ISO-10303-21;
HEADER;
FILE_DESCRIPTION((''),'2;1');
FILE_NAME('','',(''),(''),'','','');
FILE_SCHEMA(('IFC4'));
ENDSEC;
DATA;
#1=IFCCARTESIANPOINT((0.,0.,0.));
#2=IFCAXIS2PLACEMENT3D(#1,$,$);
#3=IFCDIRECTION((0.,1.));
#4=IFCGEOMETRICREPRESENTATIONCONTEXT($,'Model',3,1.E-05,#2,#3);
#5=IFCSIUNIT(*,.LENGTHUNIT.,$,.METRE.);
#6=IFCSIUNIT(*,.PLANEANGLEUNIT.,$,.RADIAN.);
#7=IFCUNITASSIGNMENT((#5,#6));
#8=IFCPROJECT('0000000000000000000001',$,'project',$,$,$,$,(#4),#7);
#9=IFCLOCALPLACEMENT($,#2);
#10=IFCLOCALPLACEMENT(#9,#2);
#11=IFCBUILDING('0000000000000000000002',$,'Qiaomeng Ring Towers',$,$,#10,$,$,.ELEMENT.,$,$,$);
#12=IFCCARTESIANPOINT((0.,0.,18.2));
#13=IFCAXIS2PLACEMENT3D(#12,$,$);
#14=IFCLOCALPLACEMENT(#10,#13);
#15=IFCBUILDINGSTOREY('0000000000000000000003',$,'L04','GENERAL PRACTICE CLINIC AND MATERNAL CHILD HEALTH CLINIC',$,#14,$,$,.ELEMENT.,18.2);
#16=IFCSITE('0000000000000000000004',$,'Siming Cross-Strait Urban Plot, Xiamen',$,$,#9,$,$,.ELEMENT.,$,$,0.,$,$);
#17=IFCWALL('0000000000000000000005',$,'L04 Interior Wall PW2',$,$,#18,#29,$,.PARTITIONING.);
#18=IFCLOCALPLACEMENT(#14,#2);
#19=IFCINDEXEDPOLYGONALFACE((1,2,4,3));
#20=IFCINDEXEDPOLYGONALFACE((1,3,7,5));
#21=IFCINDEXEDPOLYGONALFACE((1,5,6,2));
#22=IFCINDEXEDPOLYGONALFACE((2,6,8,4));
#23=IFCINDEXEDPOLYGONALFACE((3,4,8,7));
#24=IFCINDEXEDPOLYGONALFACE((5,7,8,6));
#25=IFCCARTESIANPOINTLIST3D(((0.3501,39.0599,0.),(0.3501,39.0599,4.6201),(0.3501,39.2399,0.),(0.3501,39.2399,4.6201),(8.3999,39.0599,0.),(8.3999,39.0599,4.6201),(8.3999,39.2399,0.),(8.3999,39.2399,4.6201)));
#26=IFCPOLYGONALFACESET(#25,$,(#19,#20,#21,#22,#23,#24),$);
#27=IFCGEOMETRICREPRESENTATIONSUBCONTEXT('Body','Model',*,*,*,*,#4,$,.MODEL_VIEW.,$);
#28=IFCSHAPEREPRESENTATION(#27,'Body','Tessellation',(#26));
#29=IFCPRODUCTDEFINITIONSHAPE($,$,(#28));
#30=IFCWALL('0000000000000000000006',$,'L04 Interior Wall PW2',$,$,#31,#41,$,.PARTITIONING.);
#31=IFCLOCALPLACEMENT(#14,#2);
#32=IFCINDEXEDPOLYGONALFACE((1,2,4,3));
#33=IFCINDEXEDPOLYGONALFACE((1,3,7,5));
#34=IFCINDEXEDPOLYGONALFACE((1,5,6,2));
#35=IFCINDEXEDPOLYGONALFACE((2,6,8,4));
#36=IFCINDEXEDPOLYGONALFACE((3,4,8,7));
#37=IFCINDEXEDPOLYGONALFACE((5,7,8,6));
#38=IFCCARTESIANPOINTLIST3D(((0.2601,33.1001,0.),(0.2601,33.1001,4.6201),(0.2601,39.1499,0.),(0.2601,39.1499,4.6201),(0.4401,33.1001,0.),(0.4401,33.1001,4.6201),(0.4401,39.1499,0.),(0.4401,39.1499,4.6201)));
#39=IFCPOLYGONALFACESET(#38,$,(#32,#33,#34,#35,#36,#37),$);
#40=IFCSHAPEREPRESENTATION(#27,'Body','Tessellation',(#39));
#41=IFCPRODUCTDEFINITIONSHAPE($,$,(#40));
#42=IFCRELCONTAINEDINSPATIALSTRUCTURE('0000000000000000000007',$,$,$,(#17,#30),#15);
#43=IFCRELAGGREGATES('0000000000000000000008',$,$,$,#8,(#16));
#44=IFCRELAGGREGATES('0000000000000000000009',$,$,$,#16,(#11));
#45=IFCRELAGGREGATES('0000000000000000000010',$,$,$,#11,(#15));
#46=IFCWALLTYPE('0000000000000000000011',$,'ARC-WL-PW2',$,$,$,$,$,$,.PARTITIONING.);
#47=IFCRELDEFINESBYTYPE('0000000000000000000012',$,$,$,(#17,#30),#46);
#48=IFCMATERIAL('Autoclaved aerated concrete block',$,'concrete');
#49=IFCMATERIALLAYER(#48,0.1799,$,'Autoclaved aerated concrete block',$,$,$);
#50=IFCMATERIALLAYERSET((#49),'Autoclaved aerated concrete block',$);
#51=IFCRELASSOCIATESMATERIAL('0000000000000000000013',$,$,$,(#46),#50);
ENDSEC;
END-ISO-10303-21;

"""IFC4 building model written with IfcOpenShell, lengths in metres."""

from ifc_helpers import new_model, si_unit, direction, frame, frame_2d, origin, place, context, subcontext, project, spatial, rectangle, extrude, material, layer, layer_set, type_object, element, save


model = new_model("IFC4")

# Units and contexts
model_context = context("Model", 3, precision=1e-05, world=origin(), true_north=direction((0.0, 1.0)))
body_context = subcontext(model_context, "Body", "Model", "MODEL_VIEW")
ifc_project = project(units=[si_unit("LENGTHUNIT", "METRE"), si_unit("PLANEANGLEUNIT", "RADIAN")], contexts=[model_context])

# Site, building, storey
site_placement = place(None, origin())
site = spatial("IfcSite", under=ifc_project, at=site_placement, Name="Siming Cross-Strait Urban Plot, Xiamen", CompositionType="ELEMENT", RefElevation=0.0)
building_placement = place(site_placement, origin())
building = spatial("IfcBuilding", under=site, at=building_placement, Name="Qiaomeng Ring Towers", CompositionType="ELEMENT")
storey_placement = place(building_placement, frame((0.0, 0.0, 18.2)))
storey = spatial("IfcBuildingStorey", under=building, at=storey_placement, Name="L04", Description="GENERAL PRACTICE CLINIC AND MATERNAL CHILD HEALTH CLINIC", CompositionType="ELEMENT", Elevation=18.2)

# Walls
ifc_material_1 = material(Name="Autoclaved aerated concrete block", Category="concrete")
ifc_layer_1 = layer(ifc_material_1, 0.1799, Name="Autoclaved aerated concrete block")
ifc_layer_set_1 = layer_set([ifc_layer_1], Name="Autoclaved aerated concrete block")
wall_type_1 = type_object("IfcWallType", Name="ARC-WL-PW2", PredefinedType="PARTITIONING", material=ifc_layer_set_1)
for number, where, z_axis, x_axis, name in (
    (1, (0.3501, 39.1499, 0.0), (0.0, 0.0, 1.0), (1.0, 0.0, 0.0), "L04 Interior Wall PW2"),
):
    element("IfcWall", number, at=place(storey_placement, frame(where, z_axis=z_axis, x_axis=x_axis)), inside=storey, type_object=wall_type_1, Name=name, PredefinedType="PARTITIONING", context=body_context, shape_type="SweptSolid", body=[
        extrude(rectangle(XDim=8.0498, YDim=0.1799, at=frame_2d((4.0249, 0.0))), origin(), (0.0, 0.0, 1.0), 4.6201),
    ])
wall_1_placement = place(storey_placement, frame((0.3501, 33.1001, 0.0), z_axis=(0.0, 0.0, 1.0), x_axis=(0.0, 1.0, 0.0)))
element("IfcWall", 2, at=wall_1_placement, inside=storey, type_object=wall_type_1, Name="L04 Interior Wall PW2", PredefinedType="PARTITIONING", context=body_context, shape_type="SweptSolid", body=[
    extrude(rectangle(XDim=6.0498, YDim=0.1799, at=frame_2d((3.0249, 0.0))), origin(), (0.0, 0.0, 1.0), 4.6201),
])

save(model, "model.ifc")
